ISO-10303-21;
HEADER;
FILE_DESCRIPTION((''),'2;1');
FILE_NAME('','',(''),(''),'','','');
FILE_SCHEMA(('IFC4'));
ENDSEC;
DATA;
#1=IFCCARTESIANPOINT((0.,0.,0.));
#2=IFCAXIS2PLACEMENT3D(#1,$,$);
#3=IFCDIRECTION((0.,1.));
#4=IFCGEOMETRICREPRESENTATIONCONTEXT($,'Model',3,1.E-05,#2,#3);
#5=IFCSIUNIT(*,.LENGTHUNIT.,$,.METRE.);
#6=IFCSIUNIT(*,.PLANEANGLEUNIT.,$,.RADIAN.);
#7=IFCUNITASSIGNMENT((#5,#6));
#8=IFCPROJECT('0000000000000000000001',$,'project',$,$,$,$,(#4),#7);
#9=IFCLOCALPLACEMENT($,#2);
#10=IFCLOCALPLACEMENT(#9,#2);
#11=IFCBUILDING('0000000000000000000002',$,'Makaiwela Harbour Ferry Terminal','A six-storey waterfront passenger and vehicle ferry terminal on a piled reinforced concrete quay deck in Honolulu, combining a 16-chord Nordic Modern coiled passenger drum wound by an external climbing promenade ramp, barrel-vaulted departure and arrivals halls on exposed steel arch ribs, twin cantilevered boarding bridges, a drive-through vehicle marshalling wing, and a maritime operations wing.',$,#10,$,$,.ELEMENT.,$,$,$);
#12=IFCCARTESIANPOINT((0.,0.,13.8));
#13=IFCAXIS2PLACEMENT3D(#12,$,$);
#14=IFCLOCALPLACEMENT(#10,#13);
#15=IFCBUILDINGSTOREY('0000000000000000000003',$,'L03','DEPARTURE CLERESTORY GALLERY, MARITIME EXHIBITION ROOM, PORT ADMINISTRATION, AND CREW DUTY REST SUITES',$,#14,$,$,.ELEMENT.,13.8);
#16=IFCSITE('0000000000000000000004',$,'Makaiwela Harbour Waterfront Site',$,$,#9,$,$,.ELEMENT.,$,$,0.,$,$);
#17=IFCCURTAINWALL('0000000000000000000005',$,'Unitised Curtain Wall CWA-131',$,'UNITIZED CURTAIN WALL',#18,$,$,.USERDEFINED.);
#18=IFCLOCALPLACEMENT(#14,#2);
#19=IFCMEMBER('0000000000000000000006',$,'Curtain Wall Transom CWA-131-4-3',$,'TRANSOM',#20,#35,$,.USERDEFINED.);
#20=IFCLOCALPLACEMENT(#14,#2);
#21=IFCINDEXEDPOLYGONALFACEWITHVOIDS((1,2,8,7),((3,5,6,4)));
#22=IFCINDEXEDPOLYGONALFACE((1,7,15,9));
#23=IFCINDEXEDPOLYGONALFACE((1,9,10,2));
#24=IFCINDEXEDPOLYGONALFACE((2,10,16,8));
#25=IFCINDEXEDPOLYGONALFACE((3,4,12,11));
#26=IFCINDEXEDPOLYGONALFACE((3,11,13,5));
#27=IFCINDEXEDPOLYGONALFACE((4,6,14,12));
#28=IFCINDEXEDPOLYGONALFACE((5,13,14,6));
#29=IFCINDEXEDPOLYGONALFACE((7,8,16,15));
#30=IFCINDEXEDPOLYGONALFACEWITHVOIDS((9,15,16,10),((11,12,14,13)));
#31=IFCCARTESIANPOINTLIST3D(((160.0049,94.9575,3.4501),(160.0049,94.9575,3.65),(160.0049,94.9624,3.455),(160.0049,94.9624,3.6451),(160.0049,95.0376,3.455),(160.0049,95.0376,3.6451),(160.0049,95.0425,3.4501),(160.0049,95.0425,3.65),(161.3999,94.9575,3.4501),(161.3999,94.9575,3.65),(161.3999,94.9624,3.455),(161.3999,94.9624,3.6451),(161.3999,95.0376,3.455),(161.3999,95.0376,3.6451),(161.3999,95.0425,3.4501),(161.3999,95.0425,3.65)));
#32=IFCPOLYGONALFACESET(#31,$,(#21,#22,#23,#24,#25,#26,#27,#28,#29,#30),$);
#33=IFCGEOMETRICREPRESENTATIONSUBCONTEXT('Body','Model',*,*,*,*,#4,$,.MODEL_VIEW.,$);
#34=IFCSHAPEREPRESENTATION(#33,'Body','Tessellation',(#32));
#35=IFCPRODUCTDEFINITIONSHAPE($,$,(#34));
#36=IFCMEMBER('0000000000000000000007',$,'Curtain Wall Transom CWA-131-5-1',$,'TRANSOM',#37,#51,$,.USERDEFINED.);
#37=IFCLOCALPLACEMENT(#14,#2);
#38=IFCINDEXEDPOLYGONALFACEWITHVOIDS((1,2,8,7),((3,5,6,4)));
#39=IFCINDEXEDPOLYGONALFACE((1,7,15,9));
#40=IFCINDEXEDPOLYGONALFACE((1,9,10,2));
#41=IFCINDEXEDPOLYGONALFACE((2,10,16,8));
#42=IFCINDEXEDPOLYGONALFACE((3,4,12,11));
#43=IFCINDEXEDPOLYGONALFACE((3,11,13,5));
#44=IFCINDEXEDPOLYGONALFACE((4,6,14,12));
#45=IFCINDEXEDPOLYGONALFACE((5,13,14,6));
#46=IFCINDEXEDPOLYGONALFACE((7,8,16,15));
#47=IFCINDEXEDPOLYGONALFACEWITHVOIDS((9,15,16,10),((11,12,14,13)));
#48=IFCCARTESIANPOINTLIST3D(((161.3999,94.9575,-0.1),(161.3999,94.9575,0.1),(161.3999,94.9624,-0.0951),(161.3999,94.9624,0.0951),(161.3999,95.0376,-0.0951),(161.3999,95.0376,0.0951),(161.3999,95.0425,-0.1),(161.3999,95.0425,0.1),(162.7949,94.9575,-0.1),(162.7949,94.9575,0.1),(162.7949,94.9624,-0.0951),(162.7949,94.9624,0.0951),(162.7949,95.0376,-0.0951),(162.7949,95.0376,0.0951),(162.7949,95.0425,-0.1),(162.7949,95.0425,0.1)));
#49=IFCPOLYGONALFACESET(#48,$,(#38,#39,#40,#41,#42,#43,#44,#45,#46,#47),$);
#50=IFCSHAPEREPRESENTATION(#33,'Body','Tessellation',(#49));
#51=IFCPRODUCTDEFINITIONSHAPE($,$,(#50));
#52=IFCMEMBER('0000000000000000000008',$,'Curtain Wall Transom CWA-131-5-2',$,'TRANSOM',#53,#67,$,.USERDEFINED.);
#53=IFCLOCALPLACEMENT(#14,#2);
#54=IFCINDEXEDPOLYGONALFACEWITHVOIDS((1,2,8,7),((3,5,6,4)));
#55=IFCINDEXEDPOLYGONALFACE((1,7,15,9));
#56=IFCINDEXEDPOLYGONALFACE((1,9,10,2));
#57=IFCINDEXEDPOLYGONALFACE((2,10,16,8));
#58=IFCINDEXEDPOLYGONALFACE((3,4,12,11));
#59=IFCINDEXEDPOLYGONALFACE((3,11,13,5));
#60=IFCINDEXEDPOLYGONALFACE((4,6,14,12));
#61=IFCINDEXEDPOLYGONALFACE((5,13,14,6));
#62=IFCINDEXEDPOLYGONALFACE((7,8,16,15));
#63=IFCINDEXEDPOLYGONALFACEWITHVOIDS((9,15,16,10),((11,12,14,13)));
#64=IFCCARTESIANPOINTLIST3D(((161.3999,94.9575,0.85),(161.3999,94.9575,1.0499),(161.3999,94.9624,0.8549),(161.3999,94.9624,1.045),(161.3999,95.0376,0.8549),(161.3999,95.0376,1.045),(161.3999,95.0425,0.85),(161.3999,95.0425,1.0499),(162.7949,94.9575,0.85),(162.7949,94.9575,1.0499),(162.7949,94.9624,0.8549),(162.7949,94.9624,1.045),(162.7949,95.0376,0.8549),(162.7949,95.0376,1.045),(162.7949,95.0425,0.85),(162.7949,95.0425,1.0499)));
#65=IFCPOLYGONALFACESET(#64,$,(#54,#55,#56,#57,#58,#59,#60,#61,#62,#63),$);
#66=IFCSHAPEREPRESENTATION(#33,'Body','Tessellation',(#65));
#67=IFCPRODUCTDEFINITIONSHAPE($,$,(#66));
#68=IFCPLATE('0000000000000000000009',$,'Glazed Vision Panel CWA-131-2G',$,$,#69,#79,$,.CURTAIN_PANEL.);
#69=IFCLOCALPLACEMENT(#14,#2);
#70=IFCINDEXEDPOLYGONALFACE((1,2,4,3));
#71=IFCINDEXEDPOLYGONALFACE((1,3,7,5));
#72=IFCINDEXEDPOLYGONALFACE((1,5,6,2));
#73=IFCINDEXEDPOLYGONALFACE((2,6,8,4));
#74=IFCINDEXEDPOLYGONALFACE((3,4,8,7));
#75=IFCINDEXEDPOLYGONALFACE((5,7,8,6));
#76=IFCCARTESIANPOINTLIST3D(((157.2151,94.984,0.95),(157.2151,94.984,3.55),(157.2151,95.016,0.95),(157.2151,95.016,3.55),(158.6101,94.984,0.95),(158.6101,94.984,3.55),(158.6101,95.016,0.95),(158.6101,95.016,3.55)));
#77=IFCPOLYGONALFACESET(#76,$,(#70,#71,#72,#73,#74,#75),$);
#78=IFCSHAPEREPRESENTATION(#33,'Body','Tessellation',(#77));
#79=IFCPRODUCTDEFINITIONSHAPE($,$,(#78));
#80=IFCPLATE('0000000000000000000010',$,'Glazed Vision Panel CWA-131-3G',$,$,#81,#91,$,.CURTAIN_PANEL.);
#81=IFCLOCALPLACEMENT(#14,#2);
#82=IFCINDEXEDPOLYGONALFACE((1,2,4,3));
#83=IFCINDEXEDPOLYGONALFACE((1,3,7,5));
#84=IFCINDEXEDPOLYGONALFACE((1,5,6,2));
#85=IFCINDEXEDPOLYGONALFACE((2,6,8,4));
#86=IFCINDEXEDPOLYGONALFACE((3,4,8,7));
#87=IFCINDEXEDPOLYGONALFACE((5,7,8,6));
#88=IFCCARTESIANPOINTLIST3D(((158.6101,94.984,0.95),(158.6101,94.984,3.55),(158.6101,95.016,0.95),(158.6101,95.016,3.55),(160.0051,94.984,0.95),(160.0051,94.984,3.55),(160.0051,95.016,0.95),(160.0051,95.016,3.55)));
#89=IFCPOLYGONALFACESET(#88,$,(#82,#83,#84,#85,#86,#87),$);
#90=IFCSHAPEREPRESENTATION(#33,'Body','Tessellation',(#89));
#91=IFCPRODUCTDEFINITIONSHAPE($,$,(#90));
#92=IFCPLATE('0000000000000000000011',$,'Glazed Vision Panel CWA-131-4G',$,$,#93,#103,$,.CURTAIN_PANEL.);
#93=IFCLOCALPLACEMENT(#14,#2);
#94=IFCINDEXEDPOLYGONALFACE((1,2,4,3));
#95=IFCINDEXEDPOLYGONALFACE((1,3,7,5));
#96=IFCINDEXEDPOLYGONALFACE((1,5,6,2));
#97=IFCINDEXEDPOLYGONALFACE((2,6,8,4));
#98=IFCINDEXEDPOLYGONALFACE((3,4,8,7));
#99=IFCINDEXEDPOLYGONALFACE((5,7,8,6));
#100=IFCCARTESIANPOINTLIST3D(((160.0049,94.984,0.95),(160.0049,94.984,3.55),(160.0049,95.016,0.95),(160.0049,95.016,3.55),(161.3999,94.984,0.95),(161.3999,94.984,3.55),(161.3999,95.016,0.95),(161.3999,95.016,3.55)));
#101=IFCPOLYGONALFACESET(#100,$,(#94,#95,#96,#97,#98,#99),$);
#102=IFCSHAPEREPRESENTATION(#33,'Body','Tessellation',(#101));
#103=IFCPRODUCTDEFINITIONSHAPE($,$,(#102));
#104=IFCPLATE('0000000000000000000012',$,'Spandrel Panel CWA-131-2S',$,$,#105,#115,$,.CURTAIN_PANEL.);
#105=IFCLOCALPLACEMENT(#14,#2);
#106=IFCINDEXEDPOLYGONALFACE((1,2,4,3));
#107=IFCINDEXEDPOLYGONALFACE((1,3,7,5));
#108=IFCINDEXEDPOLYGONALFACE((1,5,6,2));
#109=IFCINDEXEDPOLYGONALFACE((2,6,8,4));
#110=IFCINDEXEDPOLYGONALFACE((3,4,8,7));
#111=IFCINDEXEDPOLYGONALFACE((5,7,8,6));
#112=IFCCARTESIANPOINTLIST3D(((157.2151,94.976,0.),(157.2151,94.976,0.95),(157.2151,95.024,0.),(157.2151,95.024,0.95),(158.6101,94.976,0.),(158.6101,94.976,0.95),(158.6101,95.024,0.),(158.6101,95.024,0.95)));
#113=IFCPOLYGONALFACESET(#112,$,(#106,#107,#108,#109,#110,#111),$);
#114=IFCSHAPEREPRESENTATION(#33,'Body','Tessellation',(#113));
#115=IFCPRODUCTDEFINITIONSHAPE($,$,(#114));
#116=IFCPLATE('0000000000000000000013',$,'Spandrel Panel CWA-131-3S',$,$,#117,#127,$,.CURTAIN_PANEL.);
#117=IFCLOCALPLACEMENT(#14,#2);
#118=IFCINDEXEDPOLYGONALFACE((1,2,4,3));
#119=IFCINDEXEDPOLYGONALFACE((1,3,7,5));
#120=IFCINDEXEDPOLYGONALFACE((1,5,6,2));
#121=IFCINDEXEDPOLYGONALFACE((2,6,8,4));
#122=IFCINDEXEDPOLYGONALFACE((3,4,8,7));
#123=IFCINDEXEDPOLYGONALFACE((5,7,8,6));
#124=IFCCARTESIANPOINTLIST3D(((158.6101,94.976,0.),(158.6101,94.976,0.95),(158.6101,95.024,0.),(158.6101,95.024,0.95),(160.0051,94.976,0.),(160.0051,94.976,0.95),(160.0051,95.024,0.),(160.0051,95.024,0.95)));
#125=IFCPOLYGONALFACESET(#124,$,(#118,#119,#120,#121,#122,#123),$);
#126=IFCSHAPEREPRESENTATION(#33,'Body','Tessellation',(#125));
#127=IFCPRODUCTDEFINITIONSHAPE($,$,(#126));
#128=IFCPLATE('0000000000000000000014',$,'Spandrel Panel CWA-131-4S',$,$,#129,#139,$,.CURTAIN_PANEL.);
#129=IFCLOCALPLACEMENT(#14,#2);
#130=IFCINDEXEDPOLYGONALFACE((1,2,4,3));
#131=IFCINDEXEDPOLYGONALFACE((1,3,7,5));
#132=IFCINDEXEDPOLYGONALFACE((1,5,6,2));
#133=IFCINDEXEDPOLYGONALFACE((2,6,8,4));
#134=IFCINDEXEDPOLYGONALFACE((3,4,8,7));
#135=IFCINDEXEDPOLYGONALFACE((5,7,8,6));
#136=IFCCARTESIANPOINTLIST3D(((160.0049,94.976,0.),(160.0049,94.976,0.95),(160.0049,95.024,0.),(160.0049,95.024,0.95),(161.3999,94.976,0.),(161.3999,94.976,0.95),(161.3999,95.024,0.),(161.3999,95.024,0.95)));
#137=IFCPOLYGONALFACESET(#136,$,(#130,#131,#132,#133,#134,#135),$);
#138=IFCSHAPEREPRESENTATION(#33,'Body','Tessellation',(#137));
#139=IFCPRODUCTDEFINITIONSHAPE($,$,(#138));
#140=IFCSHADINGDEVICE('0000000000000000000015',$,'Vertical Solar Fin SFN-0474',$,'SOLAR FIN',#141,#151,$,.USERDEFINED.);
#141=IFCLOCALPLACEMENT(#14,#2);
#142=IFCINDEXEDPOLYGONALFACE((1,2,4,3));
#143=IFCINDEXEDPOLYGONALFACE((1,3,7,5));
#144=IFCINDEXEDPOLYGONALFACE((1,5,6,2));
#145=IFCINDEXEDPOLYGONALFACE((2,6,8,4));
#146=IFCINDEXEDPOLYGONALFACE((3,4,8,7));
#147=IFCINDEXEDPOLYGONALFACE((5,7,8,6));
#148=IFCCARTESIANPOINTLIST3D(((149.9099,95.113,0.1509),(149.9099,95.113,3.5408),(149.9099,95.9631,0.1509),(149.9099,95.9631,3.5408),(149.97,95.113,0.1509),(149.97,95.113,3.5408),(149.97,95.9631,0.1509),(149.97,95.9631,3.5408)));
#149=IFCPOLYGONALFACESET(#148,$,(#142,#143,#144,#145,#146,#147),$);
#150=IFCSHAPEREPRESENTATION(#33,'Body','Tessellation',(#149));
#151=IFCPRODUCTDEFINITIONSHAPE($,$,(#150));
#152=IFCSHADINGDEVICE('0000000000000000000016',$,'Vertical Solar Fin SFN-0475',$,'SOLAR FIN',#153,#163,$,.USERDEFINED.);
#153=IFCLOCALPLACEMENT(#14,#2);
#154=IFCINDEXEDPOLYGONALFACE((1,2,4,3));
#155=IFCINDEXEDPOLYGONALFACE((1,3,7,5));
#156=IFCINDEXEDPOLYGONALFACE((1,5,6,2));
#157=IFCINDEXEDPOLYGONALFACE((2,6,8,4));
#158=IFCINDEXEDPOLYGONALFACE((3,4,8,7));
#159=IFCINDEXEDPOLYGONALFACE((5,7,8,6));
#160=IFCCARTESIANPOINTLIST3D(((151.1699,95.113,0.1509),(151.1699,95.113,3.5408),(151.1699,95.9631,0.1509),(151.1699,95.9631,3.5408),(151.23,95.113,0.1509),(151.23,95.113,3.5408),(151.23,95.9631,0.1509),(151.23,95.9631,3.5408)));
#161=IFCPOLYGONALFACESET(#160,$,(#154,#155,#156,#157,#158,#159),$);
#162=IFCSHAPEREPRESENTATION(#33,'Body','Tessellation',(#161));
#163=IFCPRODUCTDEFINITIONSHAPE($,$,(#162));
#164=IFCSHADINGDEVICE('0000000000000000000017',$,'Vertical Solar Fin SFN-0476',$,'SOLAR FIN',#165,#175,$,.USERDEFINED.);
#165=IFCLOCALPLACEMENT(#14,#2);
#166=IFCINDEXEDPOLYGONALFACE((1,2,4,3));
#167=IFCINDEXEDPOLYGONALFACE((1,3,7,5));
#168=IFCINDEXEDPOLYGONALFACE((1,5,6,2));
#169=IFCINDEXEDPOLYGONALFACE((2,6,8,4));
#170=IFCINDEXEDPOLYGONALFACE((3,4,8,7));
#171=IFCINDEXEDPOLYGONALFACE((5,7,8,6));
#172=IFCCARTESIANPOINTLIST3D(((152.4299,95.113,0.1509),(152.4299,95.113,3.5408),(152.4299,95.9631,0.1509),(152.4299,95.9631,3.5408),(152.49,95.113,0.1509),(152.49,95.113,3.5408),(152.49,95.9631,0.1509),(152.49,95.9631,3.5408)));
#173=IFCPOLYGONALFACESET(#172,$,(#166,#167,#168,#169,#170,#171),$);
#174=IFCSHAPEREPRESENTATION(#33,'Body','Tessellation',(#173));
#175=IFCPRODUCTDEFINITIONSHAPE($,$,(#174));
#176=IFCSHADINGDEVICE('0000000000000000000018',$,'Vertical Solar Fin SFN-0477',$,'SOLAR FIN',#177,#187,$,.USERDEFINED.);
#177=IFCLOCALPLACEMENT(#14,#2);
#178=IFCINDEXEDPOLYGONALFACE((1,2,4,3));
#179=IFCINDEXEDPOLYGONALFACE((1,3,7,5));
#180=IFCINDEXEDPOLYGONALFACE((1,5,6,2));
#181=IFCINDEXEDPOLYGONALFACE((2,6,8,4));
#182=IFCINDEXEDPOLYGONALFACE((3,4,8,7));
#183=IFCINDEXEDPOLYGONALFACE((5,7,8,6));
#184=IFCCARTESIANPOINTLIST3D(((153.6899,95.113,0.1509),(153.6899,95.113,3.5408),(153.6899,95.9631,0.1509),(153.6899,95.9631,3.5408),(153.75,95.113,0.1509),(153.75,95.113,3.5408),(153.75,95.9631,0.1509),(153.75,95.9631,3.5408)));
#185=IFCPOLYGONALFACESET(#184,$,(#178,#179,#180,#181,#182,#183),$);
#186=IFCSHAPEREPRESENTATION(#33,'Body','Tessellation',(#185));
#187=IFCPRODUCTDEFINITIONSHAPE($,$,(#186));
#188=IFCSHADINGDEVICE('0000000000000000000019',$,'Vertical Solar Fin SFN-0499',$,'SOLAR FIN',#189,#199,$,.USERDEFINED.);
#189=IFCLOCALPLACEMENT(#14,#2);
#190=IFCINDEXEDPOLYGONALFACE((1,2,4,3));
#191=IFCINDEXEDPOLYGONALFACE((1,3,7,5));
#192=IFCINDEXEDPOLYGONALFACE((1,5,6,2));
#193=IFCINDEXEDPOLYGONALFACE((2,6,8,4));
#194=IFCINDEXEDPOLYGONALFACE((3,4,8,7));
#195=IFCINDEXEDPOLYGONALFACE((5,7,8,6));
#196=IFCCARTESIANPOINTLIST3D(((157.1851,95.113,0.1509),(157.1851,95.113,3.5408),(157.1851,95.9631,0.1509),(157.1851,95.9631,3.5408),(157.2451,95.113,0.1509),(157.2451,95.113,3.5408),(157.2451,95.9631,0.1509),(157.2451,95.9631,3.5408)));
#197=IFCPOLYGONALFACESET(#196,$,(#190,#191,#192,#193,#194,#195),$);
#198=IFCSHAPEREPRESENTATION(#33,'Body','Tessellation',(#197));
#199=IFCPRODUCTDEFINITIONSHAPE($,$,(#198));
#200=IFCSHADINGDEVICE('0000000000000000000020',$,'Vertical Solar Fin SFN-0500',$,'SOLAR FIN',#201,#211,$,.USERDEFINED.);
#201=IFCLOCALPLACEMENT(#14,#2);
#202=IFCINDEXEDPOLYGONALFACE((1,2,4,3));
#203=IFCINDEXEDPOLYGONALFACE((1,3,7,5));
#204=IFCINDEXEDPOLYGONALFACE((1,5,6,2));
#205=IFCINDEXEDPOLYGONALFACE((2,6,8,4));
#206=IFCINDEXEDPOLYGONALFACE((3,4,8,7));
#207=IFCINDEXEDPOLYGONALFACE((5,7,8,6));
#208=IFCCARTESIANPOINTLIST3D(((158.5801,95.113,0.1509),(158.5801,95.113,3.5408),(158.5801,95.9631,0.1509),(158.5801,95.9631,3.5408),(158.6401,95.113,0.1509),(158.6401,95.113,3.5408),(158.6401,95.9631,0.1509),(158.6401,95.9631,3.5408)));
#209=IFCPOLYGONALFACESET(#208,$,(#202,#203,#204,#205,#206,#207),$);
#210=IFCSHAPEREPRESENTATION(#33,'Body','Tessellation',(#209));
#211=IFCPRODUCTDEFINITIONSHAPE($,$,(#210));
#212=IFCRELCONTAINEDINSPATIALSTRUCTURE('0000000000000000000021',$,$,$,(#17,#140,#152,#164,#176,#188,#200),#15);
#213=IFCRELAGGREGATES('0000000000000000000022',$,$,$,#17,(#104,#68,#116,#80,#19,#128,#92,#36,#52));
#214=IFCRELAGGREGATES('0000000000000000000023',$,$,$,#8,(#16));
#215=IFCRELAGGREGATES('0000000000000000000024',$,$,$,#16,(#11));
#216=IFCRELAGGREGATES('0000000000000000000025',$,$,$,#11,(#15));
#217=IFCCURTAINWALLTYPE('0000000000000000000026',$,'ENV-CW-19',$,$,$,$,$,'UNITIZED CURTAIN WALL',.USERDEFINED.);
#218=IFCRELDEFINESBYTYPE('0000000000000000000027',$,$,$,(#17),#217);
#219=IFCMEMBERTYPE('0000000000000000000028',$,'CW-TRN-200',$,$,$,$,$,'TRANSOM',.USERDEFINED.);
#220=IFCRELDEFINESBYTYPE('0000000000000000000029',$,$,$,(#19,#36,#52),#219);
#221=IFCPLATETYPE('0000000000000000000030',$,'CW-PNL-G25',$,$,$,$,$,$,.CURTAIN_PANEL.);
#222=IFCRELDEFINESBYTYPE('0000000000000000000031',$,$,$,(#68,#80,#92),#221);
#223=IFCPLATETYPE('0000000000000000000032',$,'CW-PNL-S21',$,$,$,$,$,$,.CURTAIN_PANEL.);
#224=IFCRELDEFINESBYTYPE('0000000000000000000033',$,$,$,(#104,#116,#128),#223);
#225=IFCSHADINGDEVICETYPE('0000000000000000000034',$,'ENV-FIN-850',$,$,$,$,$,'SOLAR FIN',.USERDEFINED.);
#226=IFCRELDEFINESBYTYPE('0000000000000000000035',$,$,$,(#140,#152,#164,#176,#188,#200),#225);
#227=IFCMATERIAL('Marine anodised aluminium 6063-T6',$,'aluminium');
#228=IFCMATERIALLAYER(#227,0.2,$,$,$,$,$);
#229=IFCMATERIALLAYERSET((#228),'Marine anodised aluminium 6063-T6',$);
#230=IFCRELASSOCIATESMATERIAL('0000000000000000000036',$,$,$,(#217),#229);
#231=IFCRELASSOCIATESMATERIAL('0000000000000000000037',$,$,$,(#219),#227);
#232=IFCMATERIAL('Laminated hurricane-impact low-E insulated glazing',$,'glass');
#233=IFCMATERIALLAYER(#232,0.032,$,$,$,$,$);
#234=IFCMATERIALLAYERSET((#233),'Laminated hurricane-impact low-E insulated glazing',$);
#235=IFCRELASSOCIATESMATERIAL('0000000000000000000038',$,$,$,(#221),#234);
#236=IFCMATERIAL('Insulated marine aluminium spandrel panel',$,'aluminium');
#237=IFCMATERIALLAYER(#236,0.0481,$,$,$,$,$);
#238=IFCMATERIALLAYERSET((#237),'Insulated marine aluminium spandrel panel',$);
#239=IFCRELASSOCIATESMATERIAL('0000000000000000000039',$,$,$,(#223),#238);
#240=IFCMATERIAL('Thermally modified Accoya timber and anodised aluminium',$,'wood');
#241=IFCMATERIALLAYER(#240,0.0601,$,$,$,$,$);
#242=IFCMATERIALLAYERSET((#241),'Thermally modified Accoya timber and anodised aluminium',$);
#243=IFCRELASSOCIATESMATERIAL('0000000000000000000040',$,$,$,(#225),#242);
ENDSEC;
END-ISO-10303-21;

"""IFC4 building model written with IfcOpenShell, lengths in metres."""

from ifc_helpers import new_model, si_unit, direction, frame, origin, origin_2d, place, context, subcontext, project, spatial, rectangle, hollow_rectangle, extrude, material, layer, layer_set, material_profile, profile_set, type_object, element, aggregate, save


model = new_model("IFC4")

# Units and contexts
model_context = context("Model", 3, precision=1e-05, world=origin(), true_north=direction((0.0, 1.0)))
body_context = subcontext(model_context, "Body", "Model", "MODEL_VIEW")
ifc_project = project(units=[si_unit("LENGTHUNIT", "METRE"), si_unit("PLANEANGLEUNIT", "RADIAN")], contexts=[model_context])

# Site, building, storey
site_placement = place(None, origin())
site = spatial("IfcSite", under=ifc_project, at=site_placement, Name="Makaiwela Harbour Waterfront Site", CompositionType="ELEMENT", RefElevation=0.0)
building_placement = place(site_placement, origin())
building = spatial("IfcBuilding", under=site, at=building_placement, Name="Makaiwela Harbour Ferry Terminal", Description="A six-storey waterfront passenger and vehicle ferry terminal on a piled reinforced concrete quay deck in Honolulu, combining a 16-chord Nordic Modern coiled passenger drum wound by an external climbing promenade ramp, barrel-vaulted departure and arrivals halls on exposed steel arch ribs, twin cantilevered boarding bridges, a drive-through vehicle marshalling wing, and a maritime operations wing.", CompositionType="ELEMENT")
storey_placement = place(building_placement, frame((0.0, 0.0, 13.8)))
storey = spatial("IfcBuildingStorey", under=building, at=storey_placement, Name="L03", Description="DEPARTURE CLERESTORY GALLERY, MARITIME EXHIBITION ROOM, PORT ADMINISTRATION, AND CREW DUTY REST SUITES", CompositionType="ELEMENT", Elevation=13.8)

# Curtain wall, members, plates
ifc_material_1 = material(Name="Marine anodised aluminium 6063-T6", Category="aluminium")
ifc_layer_1 = layer(ifc_material_1, 0.2)
ifc_layer_set_1 = layer_set([ifc_layer_1], Name="Marine anodised aluminium 6063-T6")
curtain_wall_type = type_object("IfcCurtainWallType", Name="ENV-CW-19", ElementType="UNITIZED CURTAIN WALL", PredefinedType="USERDEFINED", material=ifc_layer_set_1)
curtain_wall_placement = place(storey_placement, origin())
curtain_wall = element("IfcCurtainWall", 1, at=curtain_wall_placement, inside=storey, type_object=curtain_wall_type, Name="Unitised Curtain Wall CWA-131", ObjectType="UNITIZED CURTAIN WALL", PredefinedType="USERDEFINED")
ifc_material_profile_1 = material_profile(ifc_material_1, hollow_rectangle(XDim=0.085, YDim=0.2, WallThickness=0.0049, at=origin_2d()), Name="CWT-200X85")
ifc_profile_set_1 = profile_set([ifc_material_profile_1], Name="Marine anodised aluminium 6063-T6")
member_type_1 = type_object("IfcMemberType", Name="CW-TRN-200", ElementType="TRANSOM", PredefinedType="USERDEFINED", material=ifc_profile_set_1)
member_1_placement = place(storey_placement, frame((160.0049, 95.0, 3.55), z_axis=(1.0, 0.0, 0.0), x_axis=(0.0, 1.0, 0.0)))
member_1 = element("IfcMember", 2, at=member_1_placement, type_object=member_type_1, Name="Curtain Wall Transom CWA-131-4-3", ObjectType="TRANSOM", PredefinedType="USERDEFINED", context=body_context, shape_type="SweptSolid", body=[
    extrude(hollow_rectangle(XDim=0.085, YDim=0.2, WallThickness=0.0049, at=origin_2d()), origin(), (0.0, 0.0, 1.0), 1.395),
])
member_2_placement = place(storey_placement, frame((161.3999, 95.0, 0.0), z_axis=(1.0, 0.0, 0.0), x_axis=(0.0, 1.0, 0.0)))
member_2 = element("IfcMember", 3, at=member_2_placement, type_object=member_type_1, Name="Curtain Wall Transom CWA-131-5-1", ObjectType="TRANSOM", PredefinedType="USERDEFINED", context=body_context, shape_type="SweptSolid", body=[
    extrude(hollow_rectangle(XDim=0.085, YDim=0.2, WallThickness=0.0049, at=origin_2d()), origin(), (0.0, 0.0, 1.0), 1.395),
])
member_3_placement = place(storey_placement, frame((161.3999, 95.0, 0.95), z_axis=(1.0, 0.0, 0.0), x_axis=(0.0, 1.0, 0.0)))
member_3 = element("IfcMember", 4, at=member_3_placement, type_object=member_type_1, Name="Curtain Wall Transom CWA-131-5-2", ObjectType="TRANSOM", PredefinedType="USERDEFINED", context=body_context, shape_type="SweptSolid", body=[
    extrude(hollow_rectangle(XDim=0.085, YDim=0.2, WallThickness=0.0049, at=origin_2d()), origin(), (0.0, 0.0, 1.0), 1.395),
])
ifc_material_2 = material(Name="Laminated hurricane-impact low-E insulated glazing", Category="glass")
ifc_layer_2 = layer(ifc_material_2, 0.032)
ifc_layer_set_2 = layer_set([ifc_layer_2], Name="Laminated hurricane-impact low-E insulated glazing")
plate_type_1 = type_object("IfcPlateType", Name="CW-PNL-G25", PredefinedType="CURTAIN_PANEL", material=ifc_layer_set_2)
plate_1_placement = place(storey_placement, frame((157.9126, 95.0, 0.95), z_axis=(0.0, 0.0, 1.0), x_axis=(1.0, 0.0, 0.0)))
plate_1 = element("IfcPlate", 5, at=plate_1_placement, type_object=plate_type_1, Name="Glazed Vision Panel CWA-131-2G", PredefinedType="CURTAIN_PANEL", context=body_context, shape_type="SweptSolid", body=[
    extrude(rectangle(XDim=1.395, YDim=0.032, at=origin_2d()), origin(), (0.0, 0.0, 1.0), 2.6001),
])
plate_2_placement = place(storey_placement, frame((159.3076, 95.0, 0.95), z_axis=(0.0, 0.0, 1.0), x_axis=(1.0, 0.0, 0.0)))
plate_2 = element("IfcPlate", 6, at=plate_2_placement, type_object=plate_type_1, Name="Glazed Vision Panel CWA-131-3G", PredefinedType="CURTAIN_PANEL", context=body_context, shape_type="SweptSolid", body=[
    extrude(rectangle(XDim=1.395, YDim=0.032, at=origin_2d()), origin(), (0.0, 0.0, 1.0), 2.6001),
])
plate_3_placement = place(storey_placement, frame((160.7024, 95.0, 0.95), z_axis=(0.0, 0.0, 1.0), x_axis=(1.0, 0.0, 0.0)))
plate_3 = element("IfcPlate", 7, at=plate_3_placement, type_object=plate_type_1, Name="Glazed Vision Panel CWA-131-4G", PredefinedType="CURTAIN_PANEL", context=body_context, shape_type="SweptSolid", body=[
    extrude(rectangle(XDim=1.395, YDim=0.032, at=origin_2d()), origin(), (0.0, 0.0, 1.0), 2.6001),
])
ifc_material_3 = material(Name="Insulated marine aluminium spandrel panel", Category="aluminium")
ifc_layer_3 = layer(ifc_material_3, 0.0481)
ifc_layer_set_3 = layer_set([ifc_layer_3], Name="Insulated marine aluminium spandrel panel")
plate_type_2 = type_object("IfcPlateType", Name="CW-PNL-S21", PredefinedType="CURTAIN_PANEL", material=ifc_layer_set_3)
plate_4_placement = place(storey_placement, frame((157.9126, 95.0, 0.0), z_axis=(0.0, 0.0, 1.0), x_axis=(1.0, 0.0, 0.0)))
plate_4 = element("IfcPlate", 8, at=plate_4_placement, type_object=plate_type_2, Name="Spandrel Panel CWA-131-2S", PredefinedType="CURTAIN_PANEL", context=body_context, shape_type="SweptSolid", body=[
    extrude(rectangle(XDim=1.395, YDim=0.0481, at=origin_2d()), origin(), (0.0, 0.0, 1.0), 0.95),
])
plate_5_placement = place(storey_placement, frame((159.3076, 95.0, 0.0), z_axis=(0.0, 0.0, 1.0), x_axis=(1.0, 0.0, 0.0)))
plate_5 = element("IfcPlate", 9, at=plate_5_placement, type_object=plate_type_2, Name="Spandrel Panel CWA-131-3S", PredefinedType="CURTAIN_PANEL", context=body_context, shape_type="SweptSolid", body=[
    extrude(rectangle(XDim=1.395, YDim=0.0481, at=origin_2d()), origin(), (0.0, 0.0, 1.0), 0.95),
])
plate_6_placement = place(storey_placement, frame((160.7024, 95.0, 0.0), z_axis=(0.0, 0.0, 1.0), x_axis=(1.0, 0.0, 0.0)))
plate_6 = element("IfcPlate", 10, at=plate_6_placement, type_object=plate_type_2, Name="Spandrel Panel CWA-131-4S", PredefinedType="CURTAIN_PANEL", context=body_context, shape_type="SweptSolid", body=[
    extrude(rectangle(XDim=1.395, YDim=0.0481, at=origin_2d()), origin(), (0.0, 0.0, 1.0), 0.95),
])
aggregate(curtain_wall, [plate_4, plate_1, plate_5, plate_2, member_1, plate_6, plate_3, member_2, member_3])

# Shading devices
ifc_material_4 = material(Name="Thermally modified Accoya timber and anodised aluminium", Category="wood")
ifc_layer_4 = layer(ifc_material_4, 0.0601)
ifc_layer_set_4 = layer_set([ifc_layer_4], Name="Thermally modified Accoya timber and anodised aluminium")
shading_device_type = type_object("IfcShadingDeviceType", Name="ENV-FIN-850", ElementType="SOLAR FIN", PredefinedType="USERDEFINED", material=ifc_layer_set_4)
for number, where, z_axis, x_axis, name in (
    (11, (149.9399, 95.5381, 0.1509), (0.0, 0.0, 1.0), (0.0, 1.0, 0.0), "Vertical Solar Fin SFN-0474"),
    (12, (151.2, 95.5381, 0.1509), (0.0, 0.0, 1.0), (0.0, 1.0, 0.0), "Vertical Solar Fin SFN-0475"),
    (13, (152.46, 95.5381, 0.1509), (0.0, 0.0, 1.0), (0.0, 1.0, 0.0), "Vertical Solar Fin SFN-0476"),
    (14, (153.72, 95.5381, 0.1509), (0.0, 0.0, 1.0), (0.0, 1.0, 0.0), "Vertical Solar Fin SFN-0477"),
    (15, (157.2151, 95.5381, 0.1509), (0.0, 0.0, 1.0), (0.0, 1.0, 0.0), "Vertical Solar Fin SFN-0499"),
    (16, (158.6101, 95.5381, 0.1509), (0.0, 0.0, 1.0), (0.0, 1.0, 0.0), "Vertical Solar Fin SFN-0500"),
):
    element("IfcShadingDevice", number, at=place(storey_placement, frame(where, z_axis=z_axis, x_axis=x_axis)), inside=storey, type_object=shading_device_type, Name=name, ObjectType="SOLAR FIN", PredefinedType="USERDEFINED", context=body_context, shape_type="SweptSolid", body=[
        extrude(rectangle(XDim=0.8501, YDim=0.0601, at=origin_2d()), origin(), (0.0, 0.0, 1.0), 3.3899),
    ])

save(model, "model.ifc")
